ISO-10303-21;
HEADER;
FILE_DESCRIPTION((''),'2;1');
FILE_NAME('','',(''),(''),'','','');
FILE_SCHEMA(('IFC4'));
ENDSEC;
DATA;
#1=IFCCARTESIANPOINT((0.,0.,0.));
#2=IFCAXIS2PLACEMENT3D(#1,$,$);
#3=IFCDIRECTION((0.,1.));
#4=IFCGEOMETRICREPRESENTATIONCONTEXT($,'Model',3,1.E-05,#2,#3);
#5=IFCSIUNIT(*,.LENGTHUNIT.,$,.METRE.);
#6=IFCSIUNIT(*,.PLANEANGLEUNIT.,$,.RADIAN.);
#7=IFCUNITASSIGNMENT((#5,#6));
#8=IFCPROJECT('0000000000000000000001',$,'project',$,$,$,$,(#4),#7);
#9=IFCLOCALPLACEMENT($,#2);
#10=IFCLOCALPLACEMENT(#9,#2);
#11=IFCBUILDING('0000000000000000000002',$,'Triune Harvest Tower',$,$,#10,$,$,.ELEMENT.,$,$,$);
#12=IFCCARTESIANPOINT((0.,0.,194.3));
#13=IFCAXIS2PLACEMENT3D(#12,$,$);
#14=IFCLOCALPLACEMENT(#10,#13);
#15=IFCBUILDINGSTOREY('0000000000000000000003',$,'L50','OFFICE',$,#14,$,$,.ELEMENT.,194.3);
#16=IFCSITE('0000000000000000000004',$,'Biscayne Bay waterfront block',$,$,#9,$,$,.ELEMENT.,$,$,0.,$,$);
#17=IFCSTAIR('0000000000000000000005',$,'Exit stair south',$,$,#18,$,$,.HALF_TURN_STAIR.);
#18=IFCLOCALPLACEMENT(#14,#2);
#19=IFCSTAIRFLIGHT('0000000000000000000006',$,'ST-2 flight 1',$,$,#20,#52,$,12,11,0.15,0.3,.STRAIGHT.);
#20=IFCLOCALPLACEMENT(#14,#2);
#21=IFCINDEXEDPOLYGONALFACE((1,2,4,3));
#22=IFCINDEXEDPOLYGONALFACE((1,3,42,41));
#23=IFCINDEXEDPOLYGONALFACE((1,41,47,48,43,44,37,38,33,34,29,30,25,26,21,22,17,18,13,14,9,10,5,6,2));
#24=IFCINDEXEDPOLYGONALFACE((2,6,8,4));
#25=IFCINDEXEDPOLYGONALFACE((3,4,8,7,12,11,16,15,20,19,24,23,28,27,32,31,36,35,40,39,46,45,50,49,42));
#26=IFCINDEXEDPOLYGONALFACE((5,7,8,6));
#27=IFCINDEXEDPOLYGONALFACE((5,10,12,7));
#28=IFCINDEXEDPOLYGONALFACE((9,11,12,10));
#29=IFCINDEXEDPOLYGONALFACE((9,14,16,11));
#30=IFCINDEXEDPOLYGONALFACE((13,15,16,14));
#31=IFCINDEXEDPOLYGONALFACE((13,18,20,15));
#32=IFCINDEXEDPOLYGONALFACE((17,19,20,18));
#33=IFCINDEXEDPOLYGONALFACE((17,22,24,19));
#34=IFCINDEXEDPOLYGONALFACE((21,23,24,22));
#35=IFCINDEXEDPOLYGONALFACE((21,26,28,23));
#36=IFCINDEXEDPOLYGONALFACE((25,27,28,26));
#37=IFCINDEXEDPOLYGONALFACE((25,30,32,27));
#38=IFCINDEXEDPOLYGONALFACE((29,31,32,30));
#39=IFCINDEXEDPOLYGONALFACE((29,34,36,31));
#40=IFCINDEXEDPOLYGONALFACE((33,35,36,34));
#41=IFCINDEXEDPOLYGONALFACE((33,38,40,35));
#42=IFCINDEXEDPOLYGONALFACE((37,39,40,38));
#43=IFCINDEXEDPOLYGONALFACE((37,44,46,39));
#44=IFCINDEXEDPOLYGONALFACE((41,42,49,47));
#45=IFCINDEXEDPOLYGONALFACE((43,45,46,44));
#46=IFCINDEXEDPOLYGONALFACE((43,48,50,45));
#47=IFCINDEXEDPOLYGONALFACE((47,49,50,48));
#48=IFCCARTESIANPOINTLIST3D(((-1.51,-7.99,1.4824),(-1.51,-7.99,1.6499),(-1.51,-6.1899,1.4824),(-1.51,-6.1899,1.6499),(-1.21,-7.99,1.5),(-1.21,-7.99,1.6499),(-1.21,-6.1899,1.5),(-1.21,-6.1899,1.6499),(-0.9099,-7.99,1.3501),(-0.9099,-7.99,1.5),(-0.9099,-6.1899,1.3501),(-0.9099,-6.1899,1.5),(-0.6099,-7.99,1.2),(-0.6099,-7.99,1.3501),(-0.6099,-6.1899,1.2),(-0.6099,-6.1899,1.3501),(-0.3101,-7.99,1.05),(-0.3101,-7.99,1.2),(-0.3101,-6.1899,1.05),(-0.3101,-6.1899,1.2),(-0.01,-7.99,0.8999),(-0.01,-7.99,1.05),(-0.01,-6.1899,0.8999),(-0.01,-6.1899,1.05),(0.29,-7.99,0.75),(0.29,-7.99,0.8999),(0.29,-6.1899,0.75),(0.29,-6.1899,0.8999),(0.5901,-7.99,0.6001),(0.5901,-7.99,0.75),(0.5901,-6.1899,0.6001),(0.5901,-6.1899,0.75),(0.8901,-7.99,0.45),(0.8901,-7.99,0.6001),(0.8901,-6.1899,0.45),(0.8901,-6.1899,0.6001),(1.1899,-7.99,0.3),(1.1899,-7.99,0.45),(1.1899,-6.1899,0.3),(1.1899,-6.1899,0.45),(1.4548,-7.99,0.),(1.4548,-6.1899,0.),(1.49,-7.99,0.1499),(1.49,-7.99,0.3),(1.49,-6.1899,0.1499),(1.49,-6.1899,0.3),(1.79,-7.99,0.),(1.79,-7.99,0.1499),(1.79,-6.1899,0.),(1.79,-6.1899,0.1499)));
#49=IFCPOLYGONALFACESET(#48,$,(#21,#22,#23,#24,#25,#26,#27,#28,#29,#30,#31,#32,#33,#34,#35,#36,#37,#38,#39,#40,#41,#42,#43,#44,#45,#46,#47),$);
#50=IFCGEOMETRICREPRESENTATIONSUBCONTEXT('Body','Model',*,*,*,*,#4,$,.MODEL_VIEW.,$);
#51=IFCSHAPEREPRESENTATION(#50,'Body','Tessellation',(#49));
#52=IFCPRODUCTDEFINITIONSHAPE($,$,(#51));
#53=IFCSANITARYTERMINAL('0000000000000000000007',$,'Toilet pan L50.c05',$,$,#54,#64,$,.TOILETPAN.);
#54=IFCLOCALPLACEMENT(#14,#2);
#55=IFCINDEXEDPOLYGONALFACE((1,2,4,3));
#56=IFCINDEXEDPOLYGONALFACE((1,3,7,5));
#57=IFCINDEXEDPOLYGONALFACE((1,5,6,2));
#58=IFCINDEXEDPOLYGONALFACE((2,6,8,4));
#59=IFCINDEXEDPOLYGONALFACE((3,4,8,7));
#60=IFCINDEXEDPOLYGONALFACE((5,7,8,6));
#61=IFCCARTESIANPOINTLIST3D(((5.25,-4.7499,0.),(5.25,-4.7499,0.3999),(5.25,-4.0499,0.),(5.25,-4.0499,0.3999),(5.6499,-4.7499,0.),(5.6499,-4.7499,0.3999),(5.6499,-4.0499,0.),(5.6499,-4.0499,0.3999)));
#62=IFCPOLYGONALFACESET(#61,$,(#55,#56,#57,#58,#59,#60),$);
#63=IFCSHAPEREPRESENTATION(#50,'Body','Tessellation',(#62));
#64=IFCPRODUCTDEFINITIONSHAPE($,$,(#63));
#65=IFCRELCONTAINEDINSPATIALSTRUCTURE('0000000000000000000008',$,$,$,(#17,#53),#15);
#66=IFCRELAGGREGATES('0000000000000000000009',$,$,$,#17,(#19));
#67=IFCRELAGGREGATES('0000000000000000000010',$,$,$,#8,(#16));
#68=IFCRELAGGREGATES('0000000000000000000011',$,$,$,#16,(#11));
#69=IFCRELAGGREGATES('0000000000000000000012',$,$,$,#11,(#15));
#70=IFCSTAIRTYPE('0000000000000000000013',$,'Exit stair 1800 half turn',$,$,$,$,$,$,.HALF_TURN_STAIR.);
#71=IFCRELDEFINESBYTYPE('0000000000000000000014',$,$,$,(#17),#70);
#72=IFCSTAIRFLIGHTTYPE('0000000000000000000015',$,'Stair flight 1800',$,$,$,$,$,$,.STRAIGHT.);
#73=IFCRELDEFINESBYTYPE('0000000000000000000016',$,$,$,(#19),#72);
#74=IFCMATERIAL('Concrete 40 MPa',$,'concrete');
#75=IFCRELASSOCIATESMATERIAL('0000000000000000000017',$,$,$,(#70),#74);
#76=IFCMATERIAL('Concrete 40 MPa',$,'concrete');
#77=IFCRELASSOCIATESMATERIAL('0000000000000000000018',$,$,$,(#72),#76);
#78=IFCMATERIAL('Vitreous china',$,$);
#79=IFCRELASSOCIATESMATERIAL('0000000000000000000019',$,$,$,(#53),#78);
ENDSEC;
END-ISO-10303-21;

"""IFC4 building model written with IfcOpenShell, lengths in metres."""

from ifc_helpers import new_model, si_unit, direction, frame, origin, origin_2d, place, context, subcontext, project, spatial, polyline, rectangle, outline, extrude, source, transform, mapped, material, type_object, element, aggregate, save


model = new_model("IFC4")

# Units and contexts
model_context = context("Model", 3, precision=1e-05, world=origin(), true_north=direction((0.0, 1.0)))
body_context = subcontext(model_context, "Body", "Model", "MODEL_VIEW")
ifc_project = project(units=[si_unit("LENGTHUNIT", "METRE"), si_unit("PLANEANGLEUNIT", "RADIAN")], contexts=[model_context])

# Site, building, storey
site_placement = place(None, origin())
site = spatial("IfcSite", under=ifc_project, at=site_placement, Name="Biscayne Bay waterfront block", CompositionType="ELEMENT", RefElevation=0.0)
building_placement = place(site_placement, origin())
building = spatial("IfcBuilding", under=site, at=building_placement, Name="Triune Harvest Tower", CompositionType="ELEMENT")
storey_placement = place(building_placement, frame((0.0, 0.0, 194.3)))
storey = spatial("IfcBuildingStorey", under=building, at=storey_placement, Name="L50", Description="OFFICE", CompositionType="ELEMENT", Elevation=194.3)

# Stair, stair flight
ifc_material_1 = material(Name="Concrete 40 MPa", Category="concrete")
stair_type = type_object("IfcStairType", Name="Exit stair 1800 half turn", PredefinedType="HALF_TURN_STAIR", material=ifc_material_1)
stair_placement = place(storey_placement, origin())
stair = element("IfcStair", 1, at=stair_placement, inside=storey, type_object=stair_type, Name="Exit stair south", PredefinedType="HALF_TURN_STAIR")
ifc_material_2 = material(Name="Concrete 40 MPa", Category="concrete")
stair_flight_type = type_object("IfcStairFlightType", Name="Stair flight 1800", PredefinedType="STRAIGHT", material=ifc_material_2)
shared_shape_1 = source(origin(), body_context, "Body", "SweptSolid", [
    extrude(outline(polyline([(0.0, 0.0), (0.0, 0.1499), (0.3, 0.1499), (0.3, 0.3), (0.6001, 0.3), (0.6001, 0.45), (0.8999, 0.45), (0.8999, 0.6001), (1.2, 0.6001), (1.2, 0.75), (1.5, 0.75), (1.5, 0.8999), (1.8, 0.8999), (1.8, 1.05), (2.1001, 1.05), (2.1001, 1.2), (2.3999, 1.2), (2.3999, 1.3501), (2.7, 1.3501), (2.7, 1.5), (3.0, 1.5), (3.0, 1.6499), (3.3, 1.6499), (3.3, 1.8), (3.3, 1.4824), (0.3352, 0.0), (0.0, 0.0)])), frame((0.0, 0.8999, 0.0), z_axis=(0.0, -1.0, 0.0), x_axis=(1.0, 0.0, 0.0)), (0.0, 0.0, 1.0), 1.8),
])
stair_flight_placement = place(storey_placement, frame((1.79, -7.0901, 0.0), z_axis=(0.0, 0.0, 1.0), x_axis=(-1.0, 0.0, 0.0)))
stair_flight = element("IfcStairFlight", 2, at=stair_flight_placement, type_object=stair_flight_type, Name="ST-2 flight 1", NumberOfRisers=12, NumberOfTreads=11, PredefinedType="STRAIGHT", RiserHeight=0.15, TreadLength=0.3, context=body_context, shape_type="MappedRepresentation", body=[
    mapped(shared_shape_1, transform((0.0, 0.0, 0.0), scale=1.0)),
])
aggregate(stair, [stair_flight])

# Sanitary terminal
ifc_material_3 = material(Name="Vitreous china")
shared_shape_2 = source(origin(), body_context, "Body", "SweptSolid", [
    extrude(rectangle(XDim=0.3999, YDim=0.7, at=origin_2d()), origin(), (0.0, 0.0, 1.0), 0.3999),
])
sanitary_terminal_placement = place(storey_placement, frame((5.45, -4.3999, 0.0), z_axis=(0.0, 0.0, 1.0), x_axis=(1.0, 0.0, 0.0)))
element("IfcSanitaryTerminal", 3, at=sanitary_terminal_placement, inside=storey, material=ifc_material_3, Name="Toilet pan L50.c05", PredefinedType="TOILETPAN", context=body_context, shape_type="MappedRepresentation", body=[
    mapped(shared_shape_2, transform((0.0, 0.0, 0.0), scale=1.0)),
])

save(model, "model.ifc")
